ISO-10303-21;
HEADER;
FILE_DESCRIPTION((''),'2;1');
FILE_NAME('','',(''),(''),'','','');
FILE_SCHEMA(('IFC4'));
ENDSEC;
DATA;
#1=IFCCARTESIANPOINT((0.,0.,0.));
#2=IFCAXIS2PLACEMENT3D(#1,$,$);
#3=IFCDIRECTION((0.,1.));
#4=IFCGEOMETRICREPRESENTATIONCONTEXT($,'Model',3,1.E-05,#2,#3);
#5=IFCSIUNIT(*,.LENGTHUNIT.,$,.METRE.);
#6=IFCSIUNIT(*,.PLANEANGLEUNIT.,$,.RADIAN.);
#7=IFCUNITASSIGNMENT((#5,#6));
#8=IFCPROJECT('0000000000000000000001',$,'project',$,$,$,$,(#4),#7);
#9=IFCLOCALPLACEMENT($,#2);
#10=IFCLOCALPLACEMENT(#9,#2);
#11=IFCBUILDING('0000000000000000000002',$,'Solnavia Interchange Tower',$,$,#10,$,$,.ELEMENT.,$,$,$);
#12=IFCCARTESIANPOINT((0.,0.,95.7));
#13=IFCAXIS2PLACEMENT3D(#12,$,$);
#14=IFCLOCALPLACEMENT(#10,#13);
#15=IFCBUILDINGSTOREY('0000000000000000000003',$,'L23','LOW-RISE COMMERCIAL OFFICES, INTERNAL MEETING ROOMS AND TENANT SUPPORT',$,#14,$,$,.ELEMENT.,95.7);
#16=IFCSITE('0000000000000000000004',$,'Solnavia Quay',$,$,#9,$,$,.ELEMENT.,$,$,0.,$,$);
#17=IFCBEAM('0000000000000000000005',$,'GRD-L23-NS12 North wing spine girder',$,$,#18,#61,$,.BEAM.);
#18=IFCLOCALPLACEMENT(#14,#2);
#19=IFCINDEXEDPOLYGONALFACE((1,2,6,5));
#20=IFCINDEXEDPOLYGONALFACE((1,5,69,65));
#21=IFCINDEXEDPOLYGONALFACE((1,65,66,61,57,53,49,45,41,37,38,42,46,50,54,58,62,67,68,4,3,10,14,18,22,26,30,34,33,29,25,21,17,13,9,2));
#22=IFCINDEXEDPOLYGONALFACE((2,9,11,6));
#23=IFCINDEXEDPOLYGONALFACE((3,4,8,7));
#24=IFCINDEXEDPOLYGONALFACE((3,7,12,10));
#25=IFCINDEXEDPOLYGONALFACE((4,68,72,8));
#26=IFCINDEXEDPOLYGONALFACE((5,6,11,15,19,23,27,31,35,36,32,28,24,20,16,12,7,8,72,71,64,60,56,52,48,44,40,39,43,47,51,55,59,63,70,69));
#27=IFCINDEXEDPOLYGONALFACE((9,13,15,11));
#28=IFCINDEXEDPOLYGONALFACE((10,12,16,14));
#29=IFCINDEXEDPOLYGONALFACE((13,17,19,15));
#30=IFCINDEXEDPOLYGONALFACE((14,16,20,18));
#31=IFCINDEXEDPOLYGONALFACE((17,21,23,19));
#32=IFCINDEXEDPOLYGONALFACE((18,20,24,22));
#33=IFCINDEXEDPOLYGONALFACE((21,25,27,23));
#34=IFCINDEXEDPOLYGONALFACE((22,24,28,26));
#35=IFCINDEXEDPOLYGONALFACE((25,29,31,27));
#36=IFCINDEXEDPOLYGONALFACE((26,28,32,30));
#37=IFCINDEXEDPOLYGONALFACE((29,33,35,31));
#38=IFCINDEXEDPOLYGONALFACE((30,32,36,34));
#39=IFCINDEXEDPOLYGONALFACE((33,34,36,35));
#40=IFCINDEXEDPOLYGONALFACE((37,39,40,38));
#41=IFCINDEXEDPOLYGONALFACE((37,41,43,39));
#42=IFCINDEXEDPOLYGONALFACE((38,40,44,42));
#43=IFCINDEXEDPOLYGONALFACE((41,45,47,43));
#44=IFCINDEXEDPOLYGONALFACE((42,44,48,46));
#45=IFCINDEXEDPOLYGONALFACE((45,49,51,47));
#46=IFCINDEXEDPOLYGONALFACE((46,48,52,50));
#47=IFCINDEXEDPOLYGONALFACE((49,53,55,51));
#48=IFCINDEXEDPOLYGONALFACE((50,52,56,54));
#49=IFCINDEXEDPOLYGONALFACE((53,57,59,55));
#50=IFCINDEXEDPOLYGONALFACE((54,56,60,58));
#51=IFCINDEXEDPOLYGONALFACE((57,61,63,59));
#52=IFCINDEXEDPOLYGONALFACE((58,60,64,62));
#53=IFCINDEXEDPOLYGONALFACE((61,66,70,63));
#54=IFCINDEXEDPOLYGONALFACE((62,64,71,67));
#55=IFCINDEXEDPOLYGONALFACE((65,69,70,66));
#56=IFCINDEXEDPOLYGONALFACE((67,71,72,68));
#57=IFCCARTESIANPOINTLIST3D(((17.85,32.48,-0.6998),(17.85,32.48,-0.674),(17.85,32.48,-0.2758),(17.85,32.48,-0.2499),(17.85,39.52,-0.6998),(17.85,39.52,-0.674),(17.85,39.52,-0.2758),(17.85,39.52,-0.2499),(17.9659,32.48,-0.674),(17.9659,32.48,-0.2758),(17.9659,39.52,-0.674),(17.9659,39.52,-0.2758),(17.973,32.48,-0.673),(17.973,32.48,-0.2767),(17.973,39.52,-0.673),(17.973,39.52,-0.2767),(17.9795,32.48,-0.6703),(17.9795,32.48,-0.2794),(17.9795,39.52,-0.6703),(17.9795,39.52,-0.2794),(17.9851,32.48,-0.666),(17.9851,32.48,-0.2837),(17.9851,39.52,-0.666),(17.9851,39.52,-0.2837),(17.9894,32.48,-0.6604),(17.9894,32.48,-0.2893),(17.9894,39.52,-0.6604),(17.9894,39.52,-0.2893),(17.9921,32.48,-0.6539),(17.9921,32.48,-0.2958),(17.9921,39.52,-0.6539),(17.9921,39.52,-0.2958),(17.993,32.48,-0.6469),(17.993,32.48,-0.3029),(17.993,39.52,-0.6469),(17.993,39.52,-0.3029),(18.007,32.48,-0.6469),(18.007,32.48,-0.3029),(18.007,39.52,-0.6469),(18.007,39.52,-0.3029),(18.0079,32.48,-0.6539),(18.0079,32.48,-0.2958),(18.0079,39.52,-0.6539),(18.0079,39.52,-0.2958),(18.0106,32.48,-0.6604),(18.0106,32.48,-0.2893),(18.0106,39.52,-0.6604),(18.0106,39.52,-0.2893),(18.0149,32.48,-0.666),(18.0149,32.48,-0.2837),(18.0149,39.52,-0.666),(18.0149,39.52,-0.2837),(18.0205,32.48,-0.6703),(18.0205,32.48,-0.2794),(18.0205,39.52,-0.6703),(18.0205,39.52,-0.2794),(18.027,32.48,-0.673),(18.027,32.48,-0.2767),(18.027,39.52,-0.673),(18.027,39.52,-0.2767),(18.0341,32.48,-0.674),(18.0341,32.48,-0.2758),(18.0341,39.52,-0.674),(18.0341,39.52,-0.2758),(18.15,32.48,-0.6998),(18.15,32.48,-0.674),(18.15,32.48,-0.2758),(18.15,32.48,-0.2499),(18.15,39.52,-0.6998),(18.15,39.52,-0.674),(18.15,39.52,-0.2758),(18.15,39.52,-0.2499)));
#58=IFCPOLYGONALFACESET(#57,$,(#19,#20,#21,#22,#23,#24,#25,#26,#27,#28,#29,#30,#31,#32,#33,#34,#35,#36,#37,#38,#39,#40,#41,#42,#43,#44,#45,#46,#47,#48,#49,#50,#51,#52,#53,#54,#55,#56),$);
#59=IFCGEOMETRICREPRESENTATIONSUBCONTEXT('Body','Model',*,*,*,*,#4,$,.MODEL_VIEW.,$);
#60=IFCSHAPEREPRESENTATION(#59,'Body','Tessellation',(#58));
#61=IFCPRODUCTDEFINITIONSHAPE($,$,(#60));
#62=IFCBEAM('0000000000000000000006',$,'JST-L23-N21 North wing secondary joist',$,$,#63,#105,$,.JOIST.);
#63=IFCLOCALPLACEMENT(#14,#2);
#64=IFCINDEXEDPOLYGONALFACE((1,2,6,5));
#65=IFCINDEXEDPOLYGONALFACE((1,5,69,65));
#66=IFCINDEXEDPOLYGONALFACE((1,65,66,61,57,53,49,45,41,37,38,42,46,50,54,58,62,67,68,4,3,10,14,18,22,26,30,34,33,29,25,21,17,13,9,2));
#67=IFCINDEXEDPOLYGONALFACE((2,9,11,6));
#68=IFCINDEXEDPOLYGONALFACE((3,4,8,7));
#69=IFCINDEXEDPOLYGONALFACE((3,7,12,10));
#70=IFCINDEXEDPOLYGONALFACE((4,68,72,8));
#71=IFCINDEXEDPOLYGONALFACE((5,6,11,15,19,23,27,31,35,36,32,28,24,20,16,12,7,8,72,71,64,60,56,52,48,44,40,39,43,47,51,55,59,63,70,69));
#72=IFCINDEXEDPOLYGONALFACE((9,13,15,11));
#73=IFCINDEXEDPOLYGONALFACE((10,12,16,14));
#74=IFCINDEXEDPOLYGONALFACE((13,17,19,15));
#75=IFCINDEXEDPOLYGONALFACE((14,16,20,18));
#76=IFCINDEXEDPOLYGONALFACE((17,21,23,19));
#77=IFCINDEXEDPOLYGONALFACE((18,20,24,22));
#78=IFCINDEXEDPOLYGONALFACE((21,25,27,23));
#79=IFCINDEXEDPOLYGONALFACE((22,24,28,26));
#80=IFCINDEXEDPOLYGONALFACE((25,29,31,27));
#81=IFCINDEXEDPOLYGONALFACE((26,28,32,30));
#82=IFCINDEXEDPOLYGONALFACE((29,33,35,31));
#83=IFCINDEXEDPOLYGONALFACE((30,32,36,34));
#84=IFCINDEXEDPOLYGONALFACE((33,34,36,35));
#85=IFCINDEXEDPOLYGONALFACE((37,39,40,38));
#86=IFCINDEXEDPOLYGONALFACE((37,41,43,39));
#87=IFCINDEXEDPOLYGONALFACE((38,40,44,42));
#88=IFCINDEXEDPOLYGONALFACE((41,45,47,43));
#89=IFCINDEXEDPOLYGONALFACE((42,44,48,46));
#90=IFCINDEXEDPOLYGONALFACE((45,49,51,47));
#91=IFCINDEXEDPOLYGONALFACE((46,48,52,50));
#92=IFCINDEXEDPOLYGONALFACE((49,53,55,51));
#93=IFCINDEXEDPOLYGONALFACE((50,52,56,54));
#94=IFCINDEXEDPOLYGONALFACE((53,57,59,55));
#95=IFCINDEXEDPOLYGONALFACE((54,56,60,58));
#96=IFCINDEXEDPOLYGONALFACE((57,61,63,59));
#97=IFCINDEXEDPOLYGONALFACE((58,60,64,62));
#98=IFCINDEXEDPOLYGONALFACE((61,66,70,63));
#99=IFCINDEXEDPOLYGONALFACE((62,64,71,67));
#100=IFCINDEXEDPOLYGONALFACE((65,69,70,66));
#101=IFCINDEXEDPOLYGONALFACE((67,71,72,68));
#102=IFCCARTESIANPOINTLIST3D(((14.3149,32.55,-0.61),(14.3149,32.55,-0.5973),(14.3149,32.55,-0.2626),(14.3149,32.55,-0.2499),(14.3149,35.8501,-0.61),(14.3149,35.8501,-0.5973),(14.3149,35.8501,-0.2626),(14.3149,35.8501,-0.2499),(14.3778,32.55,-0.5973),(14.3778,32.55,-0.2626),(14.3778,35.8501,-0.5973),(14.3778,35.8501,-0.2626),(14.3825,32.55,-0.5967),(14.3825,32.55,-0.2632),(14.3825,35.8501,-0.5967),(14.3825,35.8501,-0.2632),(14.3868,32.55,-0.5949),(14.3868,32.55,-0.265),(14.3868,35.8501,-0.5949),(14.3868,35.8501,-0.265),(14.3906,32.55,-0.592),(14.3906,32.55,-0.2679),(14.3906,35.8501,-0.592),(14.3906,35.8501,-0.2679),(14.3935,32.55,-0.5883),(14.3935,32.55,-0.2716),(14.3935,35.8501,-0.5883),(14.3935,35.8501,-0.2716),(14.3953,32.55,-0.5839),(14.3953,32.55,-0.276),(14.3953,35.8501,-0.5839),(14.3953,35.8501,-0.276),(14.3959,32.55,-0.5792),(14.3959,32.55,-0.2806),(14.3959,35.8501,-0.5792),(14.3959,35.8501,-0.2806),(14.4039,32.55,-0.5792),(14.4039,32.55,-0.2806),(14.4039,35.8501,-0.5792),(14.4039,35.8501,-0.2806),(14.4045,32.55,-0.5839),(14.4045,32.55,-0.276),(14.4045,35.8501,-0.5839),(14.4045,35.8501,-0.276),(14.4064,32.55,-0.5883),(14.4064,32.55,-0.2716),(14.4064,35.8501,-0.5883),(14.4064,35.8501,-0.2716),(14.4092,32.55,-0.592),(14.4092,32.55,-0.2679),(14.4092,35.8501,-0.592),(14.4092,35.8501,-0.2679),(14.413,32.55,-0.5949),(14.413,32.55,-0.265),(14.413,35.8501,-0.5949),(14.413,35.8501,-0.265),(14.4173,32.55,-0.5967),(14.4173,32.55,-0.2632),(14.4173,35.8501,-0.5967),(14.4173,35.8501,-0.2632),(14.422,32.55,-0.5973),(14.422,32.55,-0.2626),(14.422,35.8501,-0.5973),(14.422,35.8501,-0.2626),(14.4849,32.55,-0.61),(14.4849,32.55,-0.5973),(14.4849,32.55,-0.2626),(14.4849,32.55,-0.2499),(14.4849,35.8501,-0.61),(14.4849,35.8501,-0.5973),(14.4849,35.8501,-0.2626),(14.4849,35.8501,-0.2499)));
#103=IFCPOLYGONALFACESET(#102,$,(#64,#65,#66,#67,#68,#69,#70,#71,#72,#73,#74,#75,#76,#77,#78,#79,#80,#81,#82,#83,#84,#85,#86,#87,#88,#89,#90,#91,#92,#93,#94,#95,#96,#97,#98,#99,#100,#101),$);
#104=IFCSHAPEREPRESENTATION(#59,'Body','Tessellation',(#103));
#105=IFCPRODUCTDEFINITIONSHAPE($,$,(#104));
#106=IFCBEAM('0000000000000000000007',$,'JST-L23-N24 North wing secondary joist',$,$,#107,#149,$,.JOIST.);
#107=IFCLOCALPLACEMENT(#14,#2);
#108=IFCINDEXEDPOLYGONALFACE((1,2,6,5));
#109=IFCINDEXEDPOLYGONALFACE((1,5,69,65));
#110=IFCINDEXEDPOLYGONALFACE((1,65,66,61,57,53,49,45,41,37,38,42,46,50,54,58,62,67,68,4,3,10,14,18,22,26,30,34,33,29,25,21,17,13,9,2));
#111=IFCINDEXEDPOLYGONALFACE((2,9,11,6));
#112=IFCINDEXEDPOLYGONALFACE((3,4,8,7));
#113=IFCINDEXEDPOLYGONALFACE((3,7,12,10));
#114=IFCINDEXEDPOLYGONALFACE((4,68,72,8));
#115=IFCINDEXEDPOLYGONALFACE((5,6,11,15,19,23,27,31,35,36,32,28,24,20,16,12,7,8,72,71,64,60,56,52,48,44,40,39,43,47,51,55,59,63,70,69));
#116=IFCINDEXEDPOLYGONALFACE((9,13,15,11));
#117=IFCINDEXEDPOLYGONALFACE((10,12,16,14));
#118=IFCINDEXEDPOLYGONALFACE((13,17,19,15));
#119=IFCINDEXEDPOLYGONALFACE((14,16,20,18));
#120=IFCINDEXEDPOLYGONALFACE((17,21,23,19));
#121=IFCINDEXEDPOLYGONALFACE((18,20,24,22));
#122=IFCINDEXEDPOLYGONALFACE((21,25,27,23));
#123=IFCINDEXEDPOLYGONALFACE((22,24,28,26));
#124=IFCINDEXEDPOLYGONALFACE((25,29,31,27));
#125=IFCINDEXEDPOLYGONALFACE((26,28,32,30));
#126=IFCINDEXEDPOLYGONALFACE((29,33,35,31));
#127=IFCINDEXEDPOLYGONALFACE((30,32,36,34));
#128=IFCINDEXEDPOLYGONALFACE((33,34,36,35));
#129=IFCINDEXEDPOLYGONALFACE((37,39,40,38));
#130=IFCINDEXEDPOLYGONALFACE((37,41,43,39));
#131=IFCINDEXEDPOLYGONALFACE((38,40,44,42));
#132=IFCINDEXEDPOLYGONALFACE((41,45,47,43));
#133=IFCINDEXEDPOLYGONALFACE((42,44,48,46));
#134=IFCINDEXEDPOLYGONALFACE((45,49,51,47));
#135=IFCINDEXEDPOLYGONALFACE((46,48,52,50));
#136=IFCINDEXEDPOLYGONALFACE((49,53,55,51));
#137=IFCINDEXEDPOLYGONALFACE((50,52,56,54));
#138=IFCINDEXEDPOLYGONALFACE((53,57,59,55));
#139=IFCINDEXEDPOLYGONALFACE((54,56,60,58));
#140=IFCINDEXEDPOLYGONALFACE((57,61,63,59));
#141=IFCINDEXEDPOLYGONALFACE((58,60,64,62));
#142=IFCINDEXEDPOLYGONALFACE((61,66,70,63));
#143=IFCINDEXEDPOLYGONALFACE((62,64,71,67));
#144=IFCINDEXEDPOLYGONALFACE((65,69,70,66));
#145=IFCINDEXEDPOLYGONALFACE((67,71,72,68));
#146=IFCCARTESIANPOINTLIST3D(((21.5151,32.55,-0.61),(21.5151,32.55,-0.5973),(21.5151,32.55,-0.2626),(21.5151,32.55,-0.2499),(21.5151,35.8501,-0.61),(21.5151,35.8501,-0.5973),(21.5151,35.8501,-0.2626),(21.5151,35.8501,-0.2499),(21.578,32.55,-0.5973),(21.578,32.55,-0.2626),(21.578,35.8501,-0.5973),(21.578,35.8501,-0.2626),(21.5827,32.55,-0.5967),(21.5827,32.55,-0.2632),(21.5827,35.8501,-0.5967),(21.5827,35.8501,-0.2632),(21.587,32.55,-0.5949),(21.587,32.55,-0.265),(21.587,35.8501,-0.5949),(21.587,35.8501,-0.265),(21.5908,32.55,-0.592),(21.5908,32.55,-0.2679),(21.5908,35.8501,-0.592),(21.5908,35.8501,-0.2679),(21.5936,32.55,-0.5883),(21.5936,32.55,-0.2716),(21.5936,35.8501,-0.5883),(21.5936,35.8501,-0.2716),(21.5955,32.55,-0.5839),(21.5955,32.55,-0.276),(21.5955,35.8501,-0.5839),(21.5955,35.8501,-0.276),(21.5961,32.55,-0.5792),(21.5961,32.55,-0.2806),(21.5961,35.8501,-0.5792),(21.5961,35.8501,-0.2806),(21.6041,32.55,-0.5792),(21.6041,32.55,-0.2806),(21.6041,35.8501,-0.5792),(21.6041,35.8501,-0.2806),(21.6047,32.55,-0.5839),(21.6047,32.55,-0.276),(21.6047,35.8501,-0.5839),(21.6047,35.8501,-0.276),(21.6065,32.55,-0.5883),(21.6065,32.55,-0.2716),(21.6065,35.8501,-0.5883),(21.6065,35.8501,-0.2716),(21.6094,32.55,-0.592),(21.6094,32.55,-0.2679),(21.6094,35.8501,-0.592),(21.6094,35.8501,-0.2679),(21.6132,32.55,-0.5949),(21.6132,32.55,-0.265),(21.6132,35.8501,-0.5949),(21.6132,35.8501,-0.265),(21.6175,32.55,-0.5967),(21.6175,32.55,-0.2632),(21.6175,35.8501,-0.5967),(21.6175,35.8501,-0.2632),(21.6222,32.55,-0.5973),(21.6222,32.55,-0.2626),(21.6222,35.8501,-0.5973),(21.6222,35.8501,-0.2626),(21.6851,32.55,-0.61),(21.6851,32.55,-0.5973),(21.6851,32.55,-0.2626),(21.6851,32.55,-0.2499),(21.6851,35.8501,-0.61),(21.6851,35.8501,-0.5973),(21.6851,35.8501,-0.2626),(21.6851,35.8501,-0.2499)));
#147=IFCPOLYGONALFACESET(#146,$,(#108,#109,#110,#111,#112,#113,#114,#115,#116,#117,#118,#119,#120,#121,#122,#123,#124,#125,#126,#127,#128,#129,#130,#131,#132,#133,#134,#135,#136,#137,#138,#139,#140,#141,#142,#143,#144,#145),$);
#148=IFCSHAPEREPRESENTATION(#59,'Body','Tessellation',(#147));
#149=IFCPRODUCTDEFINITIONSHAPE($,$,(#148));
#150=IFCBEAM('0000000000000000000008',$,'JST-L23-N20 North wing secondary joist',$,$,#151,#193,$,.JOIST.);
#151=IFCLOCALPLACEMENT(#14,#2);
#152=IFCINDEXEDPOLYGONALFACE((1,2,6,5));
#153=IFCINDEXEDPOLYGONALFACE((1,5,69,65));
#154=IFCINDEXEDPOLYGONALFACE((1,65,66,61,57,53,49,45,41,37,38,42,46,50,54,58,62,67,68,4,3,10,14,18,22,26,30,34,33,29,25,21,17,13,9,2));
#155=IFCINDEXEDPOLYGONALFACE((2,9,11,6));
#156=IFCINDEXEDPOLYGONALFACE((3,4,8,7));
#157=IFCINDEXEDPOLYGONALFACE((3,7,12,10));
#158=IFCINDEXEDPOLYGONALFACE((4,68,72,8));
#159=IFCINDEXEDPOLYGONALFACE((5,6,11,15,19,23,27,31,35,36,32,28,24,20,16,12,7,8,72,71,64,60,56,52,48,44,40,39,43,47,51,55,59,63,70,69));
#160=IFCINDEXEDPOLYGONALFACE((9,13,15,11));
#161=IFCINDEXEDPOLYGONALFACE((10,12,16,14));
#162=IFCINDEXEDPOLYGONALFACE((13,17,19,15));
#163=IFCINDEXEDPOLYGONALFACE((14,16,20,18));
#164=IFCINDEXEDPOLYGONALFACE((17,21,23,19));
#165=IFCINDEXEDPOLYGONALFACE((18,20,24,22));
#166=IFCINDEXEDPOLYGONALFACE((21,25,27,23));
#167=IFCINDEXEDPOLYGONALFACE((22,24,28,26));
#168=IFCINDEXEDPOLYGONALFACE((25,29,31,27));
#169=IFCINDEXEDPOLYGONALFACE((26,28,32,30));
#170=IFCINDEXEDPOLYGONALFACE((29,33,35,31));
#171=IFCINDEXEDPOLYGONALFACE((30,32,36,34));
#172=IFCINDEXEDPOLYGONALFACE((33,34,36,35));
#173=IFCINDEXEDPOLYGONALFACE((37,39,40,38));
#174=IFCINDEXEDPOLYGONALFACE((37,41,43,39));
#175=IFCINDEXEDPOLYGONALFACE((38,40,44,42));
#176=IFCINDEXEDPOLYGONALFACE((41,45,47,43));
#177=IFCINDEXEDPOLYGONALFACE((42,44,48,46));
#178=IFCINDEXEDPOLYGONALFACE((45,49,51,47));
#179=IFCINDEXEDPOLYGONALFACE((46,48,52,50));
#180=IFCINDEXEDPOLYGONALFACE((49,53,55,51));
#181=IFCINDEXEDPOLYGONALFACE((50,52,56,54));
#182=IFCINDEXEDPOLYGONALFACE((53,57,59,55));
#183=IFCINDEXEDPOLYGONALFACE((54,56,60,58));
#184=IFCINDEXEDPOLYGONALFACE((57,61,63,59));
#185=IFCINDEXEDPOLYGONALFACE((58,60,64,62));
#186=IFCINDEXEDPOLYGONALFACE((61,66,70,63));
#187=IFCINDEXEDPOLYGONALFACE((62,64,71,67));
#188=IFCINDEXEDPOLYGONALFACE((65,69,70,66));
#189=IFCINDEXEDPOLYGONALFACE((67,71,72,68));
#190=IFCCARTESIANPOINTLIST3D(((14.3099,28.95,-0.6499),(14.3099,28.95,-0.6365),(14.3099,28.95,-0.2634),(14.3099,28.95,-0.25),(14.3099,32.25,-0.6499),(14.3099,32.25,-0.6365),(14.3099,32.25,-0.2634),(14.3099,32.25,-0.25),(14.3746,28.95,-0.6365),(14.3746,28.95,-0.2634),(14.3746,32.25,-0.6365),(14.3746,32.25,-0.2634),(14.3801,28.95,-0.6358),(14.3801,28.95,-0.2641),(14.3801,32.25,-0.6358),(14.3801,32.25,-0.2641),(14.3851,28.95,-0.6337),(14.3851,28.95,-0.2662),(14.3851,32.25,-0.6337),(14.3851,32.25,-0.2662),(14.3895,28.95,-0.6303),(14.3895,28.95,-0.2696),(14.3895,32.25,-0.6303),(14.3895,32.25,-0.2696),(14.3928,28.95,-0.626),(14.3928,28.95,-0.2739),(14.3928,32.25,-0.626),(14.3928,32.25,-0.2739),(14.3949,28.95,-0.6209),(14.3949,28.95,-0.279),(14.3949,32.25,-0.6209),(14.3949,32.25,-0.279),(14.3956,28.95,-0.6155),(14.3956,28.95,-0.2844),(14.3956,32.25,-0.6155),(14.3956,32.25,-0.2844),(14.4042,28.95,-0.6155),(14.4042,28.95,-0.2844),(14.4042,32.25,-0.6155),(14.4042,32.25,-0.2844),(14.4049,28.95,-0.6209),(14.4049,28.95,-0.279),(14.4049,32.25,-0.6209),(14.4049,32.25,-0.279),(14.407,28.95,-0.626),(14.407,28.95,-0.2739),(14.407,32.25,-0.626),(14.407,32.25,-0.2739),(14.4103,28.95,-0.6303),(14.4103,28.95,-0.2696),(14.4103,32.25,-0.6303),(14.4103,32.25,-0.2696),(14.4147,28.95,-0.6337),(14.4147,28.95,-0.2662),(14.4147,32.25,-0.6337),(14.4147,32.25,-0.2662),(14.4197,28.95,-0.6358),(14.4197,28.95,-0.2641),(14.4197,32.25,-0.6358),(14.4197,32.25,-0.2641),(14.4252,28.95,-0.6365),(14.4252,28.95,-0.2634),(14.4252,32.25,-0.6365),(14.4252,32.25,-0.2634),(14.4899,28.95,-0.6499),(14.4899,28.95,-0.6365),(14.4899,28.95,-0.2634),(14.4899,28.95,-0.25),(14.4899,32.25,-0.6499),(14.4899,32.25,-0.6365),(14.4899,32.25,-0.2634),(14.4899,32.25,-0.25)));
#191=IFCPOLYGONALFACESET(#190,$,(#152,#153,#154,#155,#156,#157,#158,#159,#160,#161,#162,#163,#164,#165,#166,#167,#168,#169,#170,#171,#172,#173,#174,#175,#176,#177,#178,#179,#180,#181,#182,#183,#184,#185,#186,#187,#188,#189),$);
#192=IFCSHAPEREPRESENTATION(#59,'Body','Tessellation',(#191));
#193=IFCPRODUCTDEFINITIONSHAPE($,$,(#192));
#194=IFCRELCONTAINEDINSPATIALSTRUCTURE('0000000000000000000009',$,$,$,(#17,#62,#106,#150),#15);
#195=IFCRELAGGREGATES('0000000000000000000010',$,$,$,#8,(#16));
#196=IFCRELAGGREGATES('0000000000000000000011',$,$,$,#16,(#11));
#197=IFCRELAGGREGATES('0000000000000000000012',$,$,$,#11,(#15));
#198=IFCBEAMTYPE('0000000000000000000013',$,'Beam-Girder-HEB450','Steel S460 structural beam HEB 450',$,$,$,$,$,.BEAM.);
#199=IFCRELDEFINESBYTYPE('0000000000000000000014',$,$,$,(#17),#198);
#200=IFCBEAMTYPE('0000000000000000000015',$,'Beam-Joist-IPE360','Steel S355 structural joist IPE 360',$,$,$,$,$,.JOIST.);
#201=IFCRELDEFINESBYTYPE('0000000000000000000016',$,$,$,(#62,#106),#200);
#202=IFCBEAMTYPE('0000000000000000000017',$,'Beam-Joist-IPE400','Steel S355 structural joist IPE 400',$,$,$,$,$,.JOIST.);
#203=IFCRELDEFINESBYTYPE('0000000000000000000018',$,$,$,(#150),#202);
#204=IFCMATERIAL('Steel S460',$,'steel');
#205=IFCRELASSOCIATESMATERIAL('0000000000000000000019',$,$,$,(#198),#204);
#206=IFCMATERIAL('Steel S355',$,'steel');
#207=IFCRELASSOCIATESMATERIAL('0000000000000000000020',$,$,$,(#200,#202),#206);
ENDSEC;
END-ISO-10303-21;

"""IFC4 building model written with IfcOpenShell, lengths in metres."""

from ifc_helpers import new_model, si_unit, direction, frame, origin, origin_2d, place, context, subcontext, project, spatial, i_section, extrude, material, material_profile, profile_set, type_object, element, save


model = new_model("IFC4")

# Units and contexts
model_context = context("Model", 3, precision=1e-05, world=origin(), true_north=direction((0.0, 1.0)))
body_context = subcontext(model_context, "Body", "Model", "MODEL_VIEW")
ifc_project = project(units=[si_unit("LENGTHUNIT", "METRE"), si_unit("PLANEANGLEUNIT", "RADIAN")], contexts=[model_context])

# Site, building, storey
site_placement = place(None, origin())
site = spatial("IfcSite", under=ifc_project, at=site_placement, Name="Solnavia Quay", CompositionType="ELEMENT", RefElevation=0.0)
building_placement = place(site_placement, origin())
building = spatial("IfcBuilding", under=site, at=building_placement, Name="Solnavia Interchange Tower", CompositionType="ELEMENT")
storey_placement = place(building_placement, frame((0.0, 0.0, 95.7)))
storey = spatial("IfcBuildingStorey", under=building, at=storey_placement, Name="L23", Description="LOW-RISE COMMERCIAL OFFICES, INTERNAL MEETING ROOMS AND TENANT SUPPORT", CompositionType="ELEMENT", Elevation=95.7)

# Shared definitions
ifc_material_1 = material(Name="Steel S355", Category="steel")

# Beams
ifc_material_2 = material(Name="Steel S460", Category="steel")
ifc_material_profile_1 = material_profile(ifc_material_2, i_section(OverallWidth=0.3, OverallDepth=0.45, WebThickness=0.0139, FlangeThickness=0.0259, FilletRadius=0.0271, at=origin_2d()), Name="HEB 450")
ifc_profile_set_1 = profile_set([ifc_material_profile_1], Name="Steel S460")
beam_type_1 = type_object("IfcBeamType", Name="Beam-Girder-HEB450", Description="Steel S460 structural beam HEB 450", PredefinedType="BEAM", material=ifc_profile_set_1)
for number, where, z_axis, x_axis, name in (
    (1, (18.0, 32.48, -0.4749), (0.0, 1.0, 0.0), (-1.0, 0.0, 0.0), "GRD-L23-NS12 North wing spine girder"),
):
    element("IfcBeam", number, at=place(storey_placement, frame(where, z_axis=z_axis, x_axis=x_axis)), inside=storey, type_object=beam_type_1, Name=name, PredefinedType="BEAM", context=body_context, shape_type="SweptSolid", body=[
        extrude(i_section(OverallWidth=0.3, OverallDepth=0.45, WebThickness=0.0139, FlangeThickness=0.0259, FilletRadius=0.0271, at=origin_2d()), origin(), (0.0, 0.0, 1.0), 7.04),
    ])
ifc_material_profile_2 = material_profile(ifc_material_1, i_section(OverallWidth=0.1699, OverallDepth=0.3601, WebThickness=0.0081, FlangeThickness=0.0127, FilletRadius=0.0181, at=origin_2d()), Name="IPE 360")
ifc_profile_set_2 = profile_set([ifc_material_profile_2], Name="Steel S355")
beam_type_2 = type_object("IfcBeamType", Name="Beam-Joist-IPE360", Description="Steel S355 structural joist IPE 360", PredefinedType="JOIST", material=ifc_profile_set_2)
for number, where, z_axis, x_axis, name in (
    (2, (14.3999, 32.55, -0.4299), (0.0, 1.0, 0.0), (-1.0, 0.0, 0.0), "JST-L23-N21 North wing secondary joist"),
    (3, (21.6001, 32.55, -0.4299), (0.0, 1.0, 0.0), (-1.0, 0.0, 0.0), "JST-L23-N24 North wing secondary joist"),
):
    element("IfcBeam", number, at=place(storey_placement, frame(where, z_axis=z_axis, x_axis=x_axis)), inside=storey, type_object=beam_type_2, Name=name, PredefinedType="JOIST", context=body_context, shape_type="SweptSolid", body=[
        extrude(i_section(OverallWidth=0.1699, OverallDepth=0.3601, WebThickness=0.0081, FlangeThickness=0.0127, FilletRadius=0.0181, at=origin_2d()), origin(), (0.0, 0.0, 1.0), 3.3),
    ])
ifc_material_profile_3 = material_profile(ifc_material_1, i_section(OverallWidth=0.1799, OverallDepth=0.3999, WebThickness=0.0085, FlangeThickness=0.0134, FilletRadius=0.021, at=origin_2d()), Name="IPE 400")
ifc_profile_set_3 = profile_set([ifc_material_profile_3], Name="Steel S355")
beam_type_3 = type_object("IfcBeamType", Name="Beam-Joist-IPE400", Description="Steel S355 structural joist IPE 400", PredefinedType="JOIST", material=ifc_profile_set_3)
for number, where, z_axis, x_axis, name in (
    (4, (14.3999, 28.95, -0.45), (0.0, 1.0, 0.0), (-1.0, 0.0, 0.0), "JST-L23-N20 North wing secondary joist"),
):
    element("IfcBeam", number, at=place(storey_placement, frame(where, z_axis=z_axis, x_axis=x_axis)), inside=storey, type_object=beam_type_3, Name=name, PredefinedType="JOIST", context=body_context, shape_type="SweptSolid", body=[
        extrude(i_section(OverallWidth=0.1799, OverallDepth=0.3999, WebThickness=0.0085, FlangeThickness=0.0134, FilletRadius=0.021, at=origin_2d()), origin(), (0.0, 0.0, 1.0), 3.3),
    ])

save(model, "model.ifc")
